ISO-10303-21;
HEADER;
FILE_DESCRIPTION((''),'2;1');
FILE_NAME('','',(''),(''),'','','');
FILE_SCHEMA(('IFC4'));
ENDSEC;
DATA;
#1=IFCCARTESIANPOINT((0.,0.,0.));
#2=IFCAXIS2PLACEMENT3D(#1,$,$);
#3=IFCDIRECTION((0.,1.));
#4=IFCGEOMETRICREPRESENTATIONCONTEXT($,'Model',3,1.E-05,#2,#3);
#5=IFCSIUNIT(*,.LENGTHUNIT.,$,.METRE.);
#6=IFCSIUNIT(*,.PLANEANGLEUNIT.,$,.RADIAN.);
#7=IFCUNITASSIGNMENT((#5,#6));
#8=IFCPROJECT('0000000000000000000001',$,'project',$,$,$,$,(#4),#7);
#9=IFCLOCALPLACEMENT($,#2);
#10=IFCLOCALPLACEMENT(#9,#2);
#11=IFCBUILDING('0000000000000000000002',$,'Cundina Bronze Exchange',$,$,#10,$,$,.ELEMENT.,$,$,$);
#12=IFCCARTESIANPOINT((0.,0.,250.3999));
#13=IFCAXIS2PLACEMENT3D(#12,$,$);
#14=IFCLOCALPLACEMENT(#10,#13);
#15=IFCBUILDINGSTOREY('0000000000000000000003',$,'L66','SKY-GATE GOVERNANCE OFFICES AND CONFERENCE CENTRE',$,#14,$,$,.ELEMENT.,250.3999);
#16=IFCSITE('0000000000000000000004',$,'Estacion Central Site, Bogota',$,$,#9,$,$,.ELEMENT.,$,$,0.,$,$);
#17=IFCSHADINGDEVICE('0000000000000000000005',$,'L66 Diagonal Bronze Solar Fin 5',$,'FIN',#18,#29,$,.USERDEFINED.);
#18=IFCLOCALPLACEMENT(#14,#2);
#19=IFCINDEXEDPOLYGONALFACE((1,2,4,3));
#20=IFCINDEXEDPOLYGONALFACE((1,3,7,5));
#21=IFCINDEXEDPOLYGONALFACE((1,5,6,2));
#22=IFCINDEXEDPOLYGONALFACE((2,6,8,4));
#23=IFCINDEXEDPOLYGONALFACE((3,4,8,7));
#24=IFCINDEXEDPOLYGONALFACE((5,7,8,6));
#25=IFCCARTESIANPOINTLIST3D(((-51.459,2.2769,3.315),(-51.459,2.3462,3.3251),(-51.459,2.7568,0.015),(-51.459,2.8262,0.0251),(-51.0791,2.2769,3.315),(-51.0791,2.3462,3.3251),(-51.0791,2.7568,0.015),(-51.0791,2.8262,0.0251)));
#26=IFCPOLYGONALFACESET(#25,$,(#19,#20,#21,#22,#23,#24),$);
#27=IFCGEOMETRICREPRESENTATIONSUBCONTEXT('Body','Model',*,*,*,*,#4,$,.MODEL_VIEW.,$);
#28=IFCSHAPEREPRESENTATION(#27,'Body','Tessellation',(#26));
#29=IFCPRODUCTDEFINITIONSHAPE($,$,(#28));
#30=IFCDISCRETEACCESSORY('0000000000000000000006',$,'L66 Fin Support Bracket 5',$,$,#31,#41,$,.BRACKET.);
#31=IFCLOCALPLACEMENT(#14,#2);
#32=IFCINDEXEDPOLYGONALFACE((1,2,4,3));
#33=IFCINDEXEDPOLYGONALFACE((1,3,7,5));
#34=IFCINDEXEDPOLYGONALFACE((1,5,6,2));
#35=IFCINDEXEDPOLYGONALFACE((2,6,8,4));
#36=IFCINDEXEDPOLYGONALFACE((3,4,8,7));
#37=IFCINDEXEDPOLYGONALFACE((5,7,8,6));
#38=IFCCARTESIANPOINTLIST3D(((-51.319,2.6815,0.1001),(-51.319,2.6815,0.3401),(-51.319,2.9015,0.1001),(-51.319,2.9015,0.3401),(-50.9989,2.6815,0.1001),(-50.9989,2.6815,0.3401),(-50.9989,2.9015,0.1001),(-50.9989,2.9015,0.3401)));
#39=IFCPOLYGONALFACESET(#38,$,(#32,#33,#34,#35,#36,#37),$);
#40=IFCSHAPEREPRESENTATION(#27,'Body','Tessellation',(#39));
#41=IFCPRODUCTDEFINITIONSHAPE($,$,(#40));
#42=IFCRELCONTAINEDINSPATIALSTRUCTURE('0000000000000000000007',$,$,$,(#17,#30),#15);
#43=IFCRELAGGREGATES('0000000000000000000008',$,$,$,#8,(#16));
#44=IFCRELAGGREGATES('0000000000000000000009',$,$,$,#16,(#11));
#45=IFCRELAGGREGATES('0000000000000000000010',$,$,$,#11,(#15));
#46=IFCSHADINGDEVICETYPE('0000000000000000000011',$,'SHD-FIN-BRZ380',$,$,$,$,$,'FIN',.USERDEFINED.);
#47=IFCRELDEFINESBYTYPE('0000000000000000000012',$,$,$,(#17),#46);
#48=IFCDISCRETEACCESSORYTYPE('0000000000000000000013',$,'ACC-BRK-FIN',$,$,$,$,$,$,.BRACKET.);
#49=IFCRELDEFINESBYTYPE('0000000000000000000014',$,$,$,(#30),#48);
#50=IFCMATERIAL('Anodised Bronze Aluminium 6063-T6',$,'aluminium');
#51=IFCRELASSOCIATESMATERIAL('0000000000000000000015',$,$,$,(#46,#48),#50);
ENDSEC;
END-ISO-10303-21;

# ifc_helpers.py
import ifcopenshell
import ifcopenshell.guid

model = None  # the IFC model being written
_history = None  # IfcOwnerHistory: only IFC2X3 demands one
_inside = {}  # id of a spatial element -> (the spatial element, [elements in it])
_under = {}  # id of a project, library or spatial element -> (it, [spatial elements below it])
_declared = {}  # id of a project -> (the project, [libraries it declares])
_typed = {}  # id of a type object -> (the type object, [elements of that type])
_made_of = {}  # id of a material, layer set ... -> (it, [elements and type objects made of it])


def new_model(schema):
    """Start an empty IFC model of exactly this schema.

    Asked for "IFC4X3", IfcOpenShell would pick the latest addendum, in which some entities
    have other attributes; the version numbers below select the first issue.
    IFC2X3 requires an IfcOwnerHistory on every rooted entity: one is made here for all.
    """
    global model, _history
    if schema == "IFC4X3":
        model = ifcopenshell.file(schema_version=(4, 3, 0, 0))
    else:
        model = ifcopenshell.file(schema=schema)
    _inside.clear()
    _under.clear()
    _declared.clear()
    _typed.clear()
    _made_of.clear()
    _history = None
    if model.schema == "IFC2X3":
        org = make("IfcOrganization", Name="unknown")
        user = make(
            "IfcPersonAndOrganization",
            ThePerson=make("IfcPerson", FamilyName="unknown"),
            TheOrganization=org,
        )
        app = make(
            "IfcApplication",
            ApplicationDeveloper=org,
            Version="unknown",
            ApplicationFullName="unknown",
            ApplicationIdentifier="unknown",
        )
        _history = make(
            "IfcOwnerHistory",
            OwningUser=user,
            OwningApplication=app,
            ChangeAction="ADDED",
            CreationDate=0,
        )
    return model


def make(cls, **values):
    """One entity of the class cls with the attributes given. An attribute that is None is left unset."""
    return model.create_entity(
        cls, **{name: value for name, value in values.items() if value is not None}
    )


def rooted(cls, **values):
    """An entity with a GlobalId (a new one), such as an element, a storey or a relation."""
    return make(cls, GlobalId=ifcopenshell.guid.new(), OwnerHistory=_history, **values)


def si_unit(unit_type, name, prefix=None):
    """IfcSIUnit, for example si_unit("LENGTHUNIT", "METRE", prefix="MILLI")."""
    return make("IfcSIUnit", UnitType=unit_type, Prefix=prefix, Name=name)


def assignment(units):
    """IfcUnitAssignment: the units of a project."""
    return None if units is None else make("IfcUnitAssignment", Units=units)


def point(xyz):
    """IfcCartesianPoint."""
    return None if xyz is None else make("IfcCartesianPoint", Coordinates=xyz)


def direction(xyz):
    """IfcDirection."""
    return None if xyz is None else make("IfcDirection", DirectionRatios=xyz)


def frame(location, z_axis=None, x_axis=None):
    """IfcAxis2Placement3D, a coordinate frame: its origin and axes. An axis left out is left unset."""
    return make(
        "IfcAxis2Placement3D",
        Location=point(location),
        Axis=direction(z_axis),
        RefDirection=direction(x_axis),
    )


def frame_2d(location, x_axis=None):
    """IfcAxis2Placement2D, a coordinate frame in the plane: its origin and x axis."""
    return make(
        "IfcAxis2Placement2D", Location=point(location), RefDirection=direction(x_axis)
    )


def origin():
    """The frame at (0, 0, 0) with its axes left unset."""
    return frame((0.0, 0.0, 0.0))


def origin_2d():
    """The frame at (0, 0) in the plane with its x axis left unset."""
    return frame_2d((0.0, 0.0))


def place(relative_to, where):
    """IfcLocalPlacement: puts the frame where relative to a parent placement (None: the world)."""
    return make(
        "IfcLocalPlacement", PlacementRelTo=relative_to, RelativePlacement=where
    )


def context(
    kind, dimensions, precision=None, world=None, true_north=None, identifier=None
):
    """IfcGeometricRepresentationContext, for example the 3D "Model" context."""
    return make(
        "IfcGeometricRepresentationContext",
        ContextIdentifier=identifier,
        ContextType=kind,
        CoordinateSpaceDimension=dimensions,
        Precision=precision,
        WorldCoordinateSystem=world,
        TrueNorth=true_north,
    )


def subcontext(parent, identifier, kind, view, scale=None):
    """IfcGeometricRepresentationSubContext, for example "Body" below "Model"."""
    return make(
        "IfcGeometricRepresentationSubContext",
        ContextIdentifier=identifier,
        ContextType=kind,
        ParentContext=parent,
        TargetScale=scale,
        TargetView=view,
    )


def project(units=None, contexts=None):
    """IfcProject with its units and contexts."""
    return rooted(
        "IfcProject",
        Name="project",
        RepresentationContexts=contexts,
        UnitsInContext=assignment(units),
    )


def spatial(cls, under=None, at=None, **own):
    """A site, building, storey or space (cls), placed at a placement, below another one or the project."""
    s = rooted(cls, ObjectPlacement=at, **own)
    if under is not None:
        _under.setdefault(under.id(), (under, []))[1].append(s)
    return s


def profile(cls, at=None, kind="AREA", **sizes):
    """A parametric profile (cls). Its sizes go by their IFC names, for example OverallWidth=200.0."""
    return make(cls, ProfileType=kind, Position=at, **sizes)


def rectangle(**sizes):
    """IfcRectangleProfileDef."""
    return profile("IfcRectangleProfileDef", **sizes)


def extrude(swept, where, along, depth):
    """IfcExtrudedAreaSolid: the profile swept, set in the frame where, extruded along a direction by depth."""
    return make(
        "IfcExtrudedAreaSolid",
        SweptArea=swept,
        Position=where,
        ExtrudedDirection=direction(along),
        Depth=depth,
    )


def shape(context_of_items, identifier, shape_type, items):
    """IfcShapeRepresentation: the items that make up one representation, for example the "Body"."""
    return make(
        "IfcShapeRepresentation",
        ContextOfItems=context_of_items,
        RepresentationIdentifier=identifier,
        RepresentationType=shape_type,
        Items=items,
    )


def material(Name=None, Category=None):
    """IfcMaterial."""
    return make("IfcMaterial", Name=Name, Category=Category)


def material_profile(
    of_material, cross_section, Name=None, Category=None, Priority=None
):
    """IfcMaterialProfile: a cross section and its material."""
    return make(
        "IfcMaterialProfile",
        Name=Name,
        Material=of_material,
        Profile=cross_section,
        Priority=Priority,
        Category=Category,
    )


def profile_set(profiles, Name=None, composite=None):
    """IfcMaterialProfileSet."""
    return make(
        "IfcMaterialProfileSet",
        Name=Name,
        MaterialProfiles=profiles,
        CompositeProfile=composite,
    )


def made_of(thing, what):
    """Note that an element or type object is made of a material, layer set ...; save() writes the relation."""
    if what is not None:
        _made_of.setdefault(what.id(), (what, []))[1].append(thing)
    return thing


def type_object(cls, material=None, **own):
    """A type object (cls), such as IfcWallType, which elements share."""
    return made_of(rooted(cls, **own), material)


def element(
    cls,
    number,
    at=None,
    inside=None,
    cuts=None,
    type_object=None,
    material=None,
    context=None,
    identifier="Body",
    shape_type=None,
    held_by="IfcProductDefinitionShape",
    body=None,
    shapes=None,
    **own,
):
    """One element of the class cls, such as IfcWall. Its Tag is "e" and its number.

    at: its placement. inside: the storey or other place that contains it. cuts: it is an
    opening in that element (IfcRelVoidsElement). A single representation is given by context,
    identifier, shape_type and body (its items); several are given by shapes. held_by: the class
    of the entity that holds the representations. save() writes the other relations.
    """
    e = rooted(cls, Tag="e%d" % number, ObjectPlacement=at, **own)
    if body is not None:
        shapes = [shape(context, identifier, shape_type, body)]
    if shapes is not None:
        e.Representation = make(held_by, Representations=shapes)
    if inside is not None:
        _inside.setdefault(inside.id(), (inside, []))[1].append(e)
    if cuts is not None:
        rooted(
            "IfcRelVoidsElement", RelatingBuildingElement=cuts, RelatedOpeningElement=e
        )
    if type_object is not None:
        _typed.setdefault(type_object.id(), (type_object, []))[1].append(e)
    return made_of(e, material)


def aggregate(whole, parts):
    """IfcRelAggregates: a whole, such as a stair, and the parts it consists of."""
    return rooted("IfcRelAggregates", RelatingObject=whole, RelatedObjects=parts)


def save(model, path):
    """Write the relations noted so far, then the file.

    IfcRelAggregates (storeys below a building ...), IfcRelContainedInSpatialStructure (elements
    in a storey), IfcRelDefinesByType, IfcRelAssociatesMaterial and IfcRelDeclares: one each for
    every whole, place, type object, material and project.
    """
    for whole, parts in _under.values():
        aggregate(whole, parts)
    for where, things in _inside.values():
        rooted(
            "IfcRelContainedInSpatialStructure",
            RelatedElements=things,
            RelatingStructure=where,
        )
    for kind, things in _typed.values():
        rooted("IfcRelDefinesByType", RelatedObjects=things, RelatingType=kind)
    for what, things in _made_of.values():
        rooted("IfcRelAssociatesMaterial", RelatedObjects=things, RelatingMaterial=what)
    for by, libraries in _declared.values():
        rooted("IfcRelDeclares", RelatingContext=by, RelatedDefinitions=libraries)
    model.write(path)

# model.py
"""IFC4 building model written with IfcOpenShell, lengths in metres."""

from ifc_helpers import new_model, si_unit, direction, frame, origin, origin_2d, place, context, subcontext, project, spatial, rectangle, extrude, material, material_profile, profile_set, type_object, element, save


model = new_model("IFC4")

# Units and contexts
model_context = context("Model", 3, precision=1e-05, world=origin(), true_north=direction((0.0, 1.0)))
body_context = subcontext(model_context, "Body", "Model", "MODEL_VIEW")
ifc_project = project(units=[si_unit("LENGTHUNIT", "METRE"), si_unit("PLANEANGLEUNIT", "RADIAN")], contexts=[model_context])

# Site, building, storey
site_placement = place(None, origin())
site = spatial("IfcSite", under=ifc_project, at=site_placement, Name="Estacion Central Site, Bogota", CompositionType="ELEMENT", RefElevation=0.0)
building_placement = place(site_placement, origin())
building = spatial("IfcBuilding", under=site, at=building_placement, Name="Cundina Bronze Exchange", CompositionType="ELEMENT")
storey_placement = place(building_placement, frame((0.0, 0.0, 250.3999)))
storey = spatial("IfcBuildingStorey", under=building, at=storey_placement, Name="L66", Description="SKY-GATE GOVERNANCE OFFICES AND CONFERENCE CENTRE", CompositionType="ELEMENT", Elevation=250.3999)

# Shared definitions
ifc_material_1 = material(Name="Anodised Bronze Aluminium 6063-T6", Category="aluminium")

# Shading device
ifc_material_profile_1 = material_profile(ifc_material_1, rectangle(XDim=0.0701, YDim=0.3799, at=origin_2d()), Name="FIN70X380", Category="aluminium")
ifc_profile_set_1 = profile_set([ifc_material_profile_1], Name="Anodised Bronze Aluminium 6063-T6")
shading_device_type = type_object("IfcShadingDeviceType", Name="SHD-FIN-BRZ380", ElementType="FIN", PredefinedType="USERDEFINED", material=ifc_profile_set_1)
shading_device_placement = place(storey_placement, frame((-51.269, 2.7915, 0.02), z_axis=(0.0, -0.143932, 0.989588), x_axis=(0.0, 0.989588, 0.143932)))
element("IfcShadingDevice", 1, at=shading_device_placement, inside=storey, type_object=shading_device_type, Name="L66 Diagonal Bronze Solar Fin 5", ObjectType="FIN", PredefinedType="USERDEFINED", context=body_context, shape_type="SweptSolid", body=[
    extrude(rectangle(XDim=0.0701, YDim=0.3799, at=origin_2d()), origin(), (0.0, 0.0, 1.0), 3.3347),
])

# Discrete accessory
discrete_accessory_type = type_object("IfcDiscreteAccessoryType", Name="ACC-BRK-FIN", PredefinedType="BRACKET", material=ifc_material_1)
discrete_accessory_placement = place(storey_placement, frame((-51.1589, 2.7915, 0.1001), z_axis=(0.0, 0.0, 1.0), x_axis=(0.0, -1.0, 0.0)))
element("IfcDiscreteAccessory", 2, at=discrete_accessory_placement, inside=storey, type_object=discrete_accessory_type, Name="L66 Fin Support Bracket 5", PredefinedType="BRACKET", context=body_context, shape_type="SweptSolid", body=[
    extrude(rectangle(XDim=0.22, YDim=0.3201, at=origin_2d()), origin(), (0.0, 0.0, 1.0), 0.24),
])

save(model, "model.ifc")
